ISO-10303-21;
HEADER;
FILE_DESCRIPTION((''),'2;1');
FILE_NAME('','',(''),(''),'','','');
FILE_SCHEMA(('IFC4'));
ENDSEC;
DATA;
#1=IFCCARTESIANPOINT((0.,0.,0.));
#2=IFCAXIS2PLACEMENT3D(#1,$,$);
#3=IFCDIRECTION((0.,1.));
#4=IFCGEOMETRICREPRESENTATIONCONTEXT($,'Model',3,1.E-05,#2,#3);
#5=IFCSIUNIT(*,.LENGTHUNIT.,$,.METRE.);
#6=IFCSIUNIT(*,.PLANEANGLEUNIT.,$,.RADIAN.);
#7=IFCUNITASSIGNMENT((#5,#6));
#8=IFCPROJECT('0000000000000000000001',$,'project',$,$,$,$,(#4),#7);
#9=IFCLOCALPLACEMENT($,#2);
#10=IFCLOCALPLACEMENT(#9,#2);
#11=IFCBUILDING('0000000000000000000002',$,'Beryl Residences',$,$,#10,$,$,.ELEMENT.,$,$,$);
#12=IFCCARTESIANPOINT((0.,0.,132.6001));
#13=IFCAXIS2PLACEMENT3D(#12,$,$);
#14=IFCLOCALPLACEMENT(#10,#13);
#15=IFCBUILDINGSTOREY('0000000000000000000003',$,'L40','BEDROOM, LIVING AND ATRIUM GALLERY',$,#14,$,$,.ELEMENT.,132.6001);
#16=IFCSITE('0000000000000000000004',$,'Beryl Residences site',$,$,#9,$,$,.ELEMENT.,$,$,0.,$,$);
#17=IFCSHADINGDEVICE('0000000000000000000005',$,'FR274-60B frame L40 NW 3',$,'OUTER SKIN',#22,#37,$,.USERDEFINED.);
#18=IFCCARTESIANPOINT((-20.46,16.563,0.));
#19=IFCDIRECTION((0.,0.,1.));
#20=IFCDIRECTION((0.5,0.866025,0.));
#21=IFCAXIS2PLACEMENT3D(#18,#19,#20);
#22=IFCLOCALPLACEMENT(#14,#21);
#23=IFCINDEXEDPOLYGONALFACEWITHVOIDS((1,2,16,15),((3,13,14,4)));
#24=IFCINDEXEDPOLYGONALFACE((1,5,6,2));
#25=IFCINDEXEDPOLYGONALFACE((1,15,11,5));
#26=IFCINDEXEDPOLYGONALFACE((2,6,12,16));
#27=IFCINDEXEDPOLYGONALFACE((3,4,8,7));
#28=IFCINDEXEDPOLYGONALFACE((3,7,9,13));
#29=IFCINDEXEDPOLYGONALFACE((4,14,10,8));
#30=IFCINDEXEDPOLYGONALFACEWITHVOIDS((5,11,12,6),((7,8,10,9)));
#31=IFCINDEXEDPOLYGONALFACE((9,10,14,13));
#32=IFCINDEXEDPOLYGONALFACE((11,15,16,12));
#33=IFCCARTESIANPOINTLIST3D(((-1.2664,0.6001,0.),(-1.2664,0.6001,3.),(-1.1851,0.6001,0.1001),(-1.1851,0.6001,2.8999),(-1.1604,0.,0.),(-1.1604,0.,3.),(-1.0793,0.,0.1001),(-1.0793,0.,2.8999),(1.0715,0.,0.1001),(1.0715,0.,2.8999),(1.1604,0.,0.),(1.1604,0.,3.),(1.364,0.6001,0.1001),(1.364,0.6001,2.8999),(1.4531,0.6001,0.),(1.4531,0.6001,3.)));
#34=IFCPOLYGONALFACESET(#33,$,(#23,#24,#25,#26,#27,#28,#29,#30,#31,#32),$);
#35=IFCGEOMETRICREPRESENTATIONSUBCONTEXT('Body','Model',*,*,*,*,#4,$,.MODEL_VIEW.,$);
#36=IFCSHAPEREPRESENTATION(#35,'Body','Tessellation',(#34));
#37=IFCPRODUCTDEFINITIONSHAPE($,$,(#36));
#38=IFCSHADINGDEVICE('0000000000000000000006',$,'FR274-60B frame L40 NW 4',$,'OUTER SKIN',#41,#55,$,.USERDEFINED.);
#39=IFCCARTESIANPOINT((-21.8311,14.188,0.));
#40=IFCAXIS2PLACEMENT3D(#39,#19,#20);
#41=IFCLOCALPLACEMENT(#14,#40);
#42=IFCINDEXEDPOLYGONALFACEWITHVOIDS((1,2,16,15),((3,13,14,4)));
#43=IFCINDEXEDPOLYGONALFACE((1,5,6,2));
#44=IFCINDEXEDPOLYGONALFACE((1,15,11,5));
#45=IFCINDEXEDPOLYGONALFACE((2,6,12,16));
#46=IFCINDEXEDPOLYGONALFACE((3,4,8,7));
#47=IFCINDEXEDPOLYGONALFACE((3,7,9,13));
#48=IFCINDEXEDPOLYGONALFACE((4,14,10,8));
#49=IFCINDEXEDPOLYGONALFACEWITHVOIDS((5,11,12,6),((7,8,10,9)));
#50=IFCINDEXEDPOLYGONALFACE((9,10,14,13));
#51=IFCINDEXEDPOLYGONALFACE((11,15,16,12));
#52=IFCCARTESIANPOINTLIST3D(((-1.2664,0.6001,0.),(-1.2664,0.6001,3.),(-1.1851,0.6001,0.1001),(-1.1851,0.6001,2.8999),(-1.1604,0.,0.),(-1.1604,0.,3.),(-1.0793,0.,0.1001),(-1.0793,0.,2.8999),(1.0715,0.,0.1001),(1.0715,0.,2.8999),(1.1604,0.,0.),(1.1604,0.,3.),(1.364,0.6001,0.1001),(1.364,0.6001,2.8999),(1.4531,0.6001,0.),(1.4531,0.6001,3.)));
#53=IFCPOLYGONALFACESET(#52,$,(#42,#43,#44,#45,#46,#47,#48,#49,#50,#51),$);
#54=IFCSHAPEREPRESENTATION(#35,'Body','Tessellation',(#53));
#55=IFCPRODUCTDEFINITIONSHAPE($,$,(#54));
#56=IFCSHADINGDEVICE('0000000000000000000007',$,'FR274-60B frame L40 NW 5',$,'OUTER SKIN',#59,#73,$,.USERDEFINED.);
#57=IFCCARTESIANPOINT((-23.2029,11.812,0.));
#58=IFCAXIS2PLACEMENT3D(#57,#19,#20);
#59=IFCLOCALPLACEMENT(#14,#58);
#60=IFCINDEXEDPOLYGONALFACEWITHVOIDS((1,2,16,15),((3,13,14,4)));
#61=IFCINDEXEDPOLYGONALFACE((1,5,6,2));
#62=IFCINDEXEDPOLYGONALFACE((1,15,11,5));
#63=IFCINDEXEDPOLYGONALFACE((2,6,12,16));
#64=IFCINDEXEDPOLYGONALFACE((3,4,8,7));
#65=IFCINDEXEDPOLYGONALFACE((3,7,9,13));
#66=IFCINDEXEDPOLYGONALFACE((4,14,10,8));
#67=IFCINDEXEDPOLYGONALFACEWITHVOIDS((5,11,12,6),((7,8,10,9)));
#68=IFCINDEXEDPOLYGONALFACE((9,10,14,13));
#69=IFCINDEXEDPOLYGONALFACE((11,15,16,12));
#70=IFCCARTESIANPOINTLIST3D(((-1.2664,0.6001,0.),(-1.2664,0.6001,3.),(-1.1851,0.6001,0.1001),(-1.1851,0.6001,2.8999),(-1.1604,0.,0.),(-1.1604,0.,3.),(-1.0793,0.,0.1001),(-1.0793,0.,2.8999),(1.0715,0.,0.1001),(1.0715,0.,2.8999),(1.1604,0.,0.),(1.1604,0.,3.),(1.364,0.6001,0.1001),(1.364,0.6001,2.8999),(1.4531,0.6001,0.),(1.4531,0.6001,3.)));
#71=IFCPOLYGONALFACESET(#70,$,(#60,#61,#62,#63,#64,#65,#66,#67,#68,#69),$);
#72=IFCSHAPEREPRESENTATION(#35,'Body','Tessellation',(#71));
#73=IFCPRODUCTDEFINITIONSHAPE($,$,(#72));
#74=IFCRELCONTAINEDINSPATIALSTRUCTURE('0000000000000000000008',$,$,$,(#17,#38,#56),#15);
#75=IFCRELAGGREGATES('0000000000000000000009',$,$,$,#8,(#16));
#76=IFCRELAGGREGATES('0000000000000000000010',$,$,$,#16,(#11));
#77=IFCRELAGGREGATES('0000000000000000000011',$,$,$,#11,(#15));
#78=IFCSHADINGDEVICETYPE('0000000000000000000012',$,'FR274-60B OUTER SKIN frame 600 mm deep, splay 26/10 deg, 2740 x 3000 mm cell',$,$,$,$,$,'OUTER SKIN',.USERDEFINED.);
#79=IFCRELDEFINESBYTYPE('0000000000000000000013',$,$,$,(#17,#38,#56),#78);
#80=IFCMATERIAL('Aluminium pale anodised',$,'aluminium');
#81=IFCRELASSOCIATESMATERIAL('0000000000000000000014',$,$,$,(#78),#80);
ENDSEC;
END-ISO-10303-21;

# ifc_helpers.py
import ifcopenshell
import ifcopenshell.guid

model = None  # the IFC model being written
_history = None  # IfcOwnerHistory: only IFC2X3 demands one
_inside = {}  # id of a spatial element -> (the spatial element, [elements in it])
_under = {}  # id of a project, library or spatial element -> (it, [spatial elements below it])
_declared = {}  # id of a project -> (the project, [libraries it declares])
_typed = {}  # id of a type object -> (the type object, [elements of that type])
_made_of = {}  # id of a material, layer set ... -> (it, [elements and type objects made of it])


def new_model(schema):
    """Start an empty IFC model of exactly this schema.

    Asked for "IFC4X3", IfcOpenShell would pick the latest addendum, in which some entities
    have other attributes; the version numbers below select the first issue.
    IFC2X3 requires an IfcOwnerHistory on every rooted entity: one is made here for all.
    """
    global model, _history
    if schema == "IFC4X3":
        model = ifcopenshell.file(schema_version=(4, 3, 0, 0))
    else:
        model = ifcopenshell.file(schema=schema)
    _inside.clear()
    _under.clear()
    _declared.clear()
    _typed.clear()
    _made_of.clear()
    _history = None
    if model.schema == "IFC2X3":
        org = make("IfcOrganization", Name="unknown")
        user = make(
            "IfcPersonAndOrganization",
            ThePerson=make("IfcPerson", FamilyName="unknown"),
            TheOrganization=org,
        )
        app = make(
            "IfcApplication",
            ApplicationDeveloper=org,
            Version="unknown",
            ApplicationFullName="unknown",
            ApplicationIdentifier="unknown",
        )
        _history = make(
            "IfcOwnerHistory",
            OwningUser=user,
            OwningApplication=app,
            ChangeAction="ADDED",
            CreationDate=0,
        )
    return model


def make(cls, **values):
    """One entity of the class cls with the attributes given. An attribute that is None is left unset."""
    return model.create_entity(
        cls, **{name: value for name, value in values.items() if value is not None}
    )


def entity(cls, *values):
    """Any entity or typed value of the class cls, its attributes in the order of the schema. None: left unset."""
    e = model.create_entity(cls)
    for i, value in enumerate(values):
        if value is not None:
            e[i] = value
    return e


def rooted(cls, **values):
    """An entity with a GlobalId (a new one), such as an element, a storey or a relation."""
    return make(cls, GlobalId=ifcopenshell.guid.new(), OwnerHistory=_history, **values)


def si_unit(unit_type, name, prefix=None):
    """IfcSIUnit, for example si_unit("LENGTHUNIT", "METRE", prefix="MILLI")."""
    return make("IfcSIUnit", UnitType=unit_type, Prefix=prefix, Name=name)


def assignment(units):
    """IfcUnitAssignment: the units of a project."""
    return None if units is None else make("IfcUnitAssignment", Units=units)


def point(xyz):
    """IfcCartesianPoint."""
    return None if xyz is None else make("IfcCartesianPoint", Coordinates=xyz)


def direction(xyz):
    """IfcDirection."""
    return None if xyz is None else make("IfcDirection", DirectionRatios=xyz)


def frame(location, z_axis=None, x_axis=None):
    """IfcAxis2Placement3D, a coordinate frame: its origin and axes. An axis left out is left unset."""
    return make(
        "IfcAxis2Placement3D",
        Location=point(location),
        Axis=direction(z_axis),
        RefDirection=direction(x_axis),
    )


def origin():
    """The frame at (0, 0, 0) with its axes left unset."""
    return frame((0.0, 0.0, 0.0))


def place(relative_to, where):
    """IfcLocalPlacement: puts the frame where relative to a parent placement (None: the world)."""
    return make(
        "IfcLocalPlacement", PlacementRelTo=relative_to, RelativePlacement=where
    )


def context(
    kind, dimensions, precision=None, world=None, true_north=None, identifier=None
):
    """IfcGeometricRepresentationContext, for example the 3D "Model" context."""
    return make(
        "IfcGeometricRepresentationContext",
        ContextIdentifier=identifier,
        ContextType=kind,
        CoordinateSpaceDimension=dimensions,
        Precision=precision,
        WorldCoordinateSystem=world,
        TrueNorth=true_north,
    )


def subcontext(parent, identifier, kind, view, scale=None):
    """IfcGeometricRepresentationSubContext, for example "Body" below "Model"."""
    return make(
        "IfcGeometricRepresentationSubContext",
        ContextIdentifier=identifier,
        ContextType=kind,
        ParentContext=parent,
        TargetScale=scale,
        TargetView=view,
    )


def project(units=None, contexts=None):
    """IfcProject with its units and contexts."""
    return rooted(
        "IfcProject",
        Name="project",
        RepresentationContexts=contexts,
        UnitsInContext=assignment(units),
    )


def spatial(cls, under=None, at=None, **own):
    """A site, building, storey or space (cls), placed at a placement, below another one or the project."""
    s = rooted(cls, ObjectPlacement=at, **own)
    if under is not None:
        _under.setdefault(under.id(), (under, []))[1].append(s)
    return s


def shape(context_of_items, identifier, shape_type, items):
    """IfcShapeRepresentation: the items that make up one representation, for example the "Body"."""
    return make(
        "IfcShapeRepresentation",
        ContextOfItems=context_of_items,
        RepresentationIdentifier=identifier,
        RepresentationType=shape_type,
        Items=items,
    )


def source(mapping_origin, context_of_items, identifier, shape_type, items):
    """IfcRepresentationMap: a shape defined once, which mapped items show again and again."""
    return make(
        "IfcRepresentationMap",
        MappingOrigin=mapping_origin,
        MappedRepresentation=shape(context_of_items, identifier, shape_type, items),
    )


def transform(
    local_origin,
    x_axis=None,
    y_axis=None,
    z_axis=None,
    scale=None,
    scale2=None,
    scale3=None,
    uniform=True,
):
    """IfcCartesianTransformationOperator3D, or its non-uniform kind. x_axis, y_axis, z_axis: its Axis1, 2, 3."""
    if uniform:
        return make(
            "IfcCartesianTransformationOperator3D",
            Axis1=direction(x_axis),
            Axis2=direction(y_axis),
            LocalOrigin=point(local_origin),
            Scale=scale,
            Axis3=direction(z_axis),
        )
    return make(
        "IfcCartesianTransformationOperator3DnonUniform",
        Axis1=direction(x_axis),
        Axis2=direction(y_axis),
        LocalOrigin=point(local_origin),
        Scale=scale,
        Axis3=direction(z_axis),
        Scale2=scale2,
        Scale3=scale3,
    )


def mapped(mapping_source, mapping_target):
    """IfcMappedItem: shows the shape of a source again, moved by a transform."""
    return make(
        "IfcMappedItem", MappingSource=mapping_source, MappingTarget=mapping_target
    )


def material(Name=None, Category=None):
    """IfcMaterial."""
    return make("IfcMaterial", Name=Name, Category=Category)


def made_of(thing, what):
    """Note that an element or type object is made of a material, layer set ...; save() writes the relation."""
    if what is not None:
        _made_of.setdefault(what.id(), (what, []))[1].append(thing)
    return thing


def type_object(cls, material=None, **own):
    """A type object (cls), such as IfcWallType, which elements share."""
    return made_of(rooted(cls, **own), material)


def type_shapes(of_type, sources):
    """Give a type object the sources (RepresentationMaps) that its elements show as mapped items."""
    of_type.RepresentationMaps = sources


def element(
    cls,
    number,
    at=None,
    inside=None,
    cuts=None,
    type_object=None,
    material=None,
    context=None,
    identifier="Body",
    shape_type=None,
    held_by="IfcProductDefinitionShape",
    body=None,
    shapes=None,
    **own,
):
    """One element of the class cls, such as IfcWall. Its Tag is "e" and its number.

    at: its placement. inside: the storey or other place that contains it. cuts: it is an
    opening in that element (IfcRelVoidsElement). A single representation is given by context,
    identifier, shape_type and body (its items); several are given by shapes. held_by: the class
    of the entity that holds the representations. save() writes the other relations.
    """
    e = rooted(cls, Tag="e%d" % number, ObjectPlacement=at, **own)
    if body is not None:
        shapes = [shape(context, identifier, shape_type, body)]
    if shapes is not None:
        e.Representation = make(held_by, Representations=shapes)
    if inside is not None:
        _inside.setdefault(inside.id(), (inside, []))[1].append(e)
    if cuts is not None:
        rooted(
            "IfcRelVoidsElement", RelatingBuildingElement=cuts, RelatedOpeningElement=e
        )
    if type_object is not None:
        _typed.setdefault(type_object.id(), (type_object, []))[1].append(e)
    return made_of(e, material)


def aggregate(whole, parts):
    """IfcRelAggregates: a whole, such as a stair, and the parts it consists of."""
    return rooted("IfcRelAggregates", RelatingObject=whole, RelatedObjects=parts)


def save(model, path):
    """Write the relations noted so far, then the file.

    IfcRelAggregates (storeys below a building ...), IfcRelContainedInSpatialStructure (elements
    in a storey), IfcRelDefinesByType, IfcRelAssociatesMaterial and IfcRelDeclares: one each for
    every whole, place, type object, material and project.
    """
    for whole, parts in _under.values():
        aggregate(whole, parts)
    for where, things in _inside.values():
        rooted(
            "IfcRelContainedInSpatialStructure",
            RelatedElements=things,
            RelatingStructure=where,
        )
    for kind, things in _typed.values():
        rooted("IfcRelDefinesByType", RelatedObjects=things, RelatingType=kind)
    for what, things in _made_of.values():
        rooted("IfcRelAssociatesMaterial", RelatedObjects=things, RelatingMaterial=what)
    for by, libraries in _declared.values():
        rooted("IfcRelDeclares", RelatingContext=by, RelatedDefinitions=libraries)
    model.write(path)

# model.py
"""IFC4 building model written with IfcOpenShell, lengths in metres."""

from ifc_helpers import new_model, entity, si_unit, direction, frame, origin, place, context, subcontext, project, spatial, source, transform, mapped, material, type_object, type_shapes, element, save


model = new_model("IFC4")

# Units and contexts
model_context = context("Model", 3, precision=1e-05, world=origin(), true_north=direction((0.0, 1.0)))
body_context = subcontext(model_context, "Body", "Model", "MODEL_VIEW")
ifc_project = project(units=[si_unit("LENGTHUNIT", "METRE"), si_unit("PLANEANGLEUNIT", "RADIAN")], contexts=[model_context])

# Site, building, storey
site_placement = place(None, origin())
site = spatial("IfcSite", under=ifc_project, at=site_placement, Name="Beryl Residences site", CompositionType="ELEMENT", RefElevation=0.0)
building_placement = place(site_placement, origin())
building = spatial("IfcBuilding", under=site, at=building_placement, Name="Beryl Residences", CompositionType="ELEMENT")
storey_placement = place(building_placement, frame((0.0, 0.0, 132.6001)))
storey = spatial("IfcBuildingStorey", under=building, at=storey_placement, Name="L40", Description="BEDROOM, LIVING AND ATRIUM GALLERY", CompositionType="ELEMENT", Elevation=132.6001)

# Shading devices
ifc_material_1 = material(Name="Aluminium pale anodised", Category="aluminium")
shading_device_type = type_object("IfcShadingDeviceType", Name="FR274-60B OUTER SKIN frame 600 mm deep, splay 26/10 deg, 2740 x 3000 mm cell", ElementType="OUTER SKIN", PredefinedType="USERDEFINED", material=ifc_material_1)
cartesian_point_1 = entity("IfcCartesianPoint", [-1.1604, 0.0])
cartesian_point_2 = entity("IfcCartesianPoint", [-1.0715, 0.1001])
cartesian_point_3 = entity("IfcCartesianPoint", [-1.4531, 0.0])
cartesian_point_4 = entity("IfcCartesianPoint", [-1.364, 0.1001])
shared_shape_1 = source(origin(), body_context, "Body", "SweptSolid", [
    entity("IfcExtrudedAreaSolidTapered", entity("IfcArbitraryProfileDefWithVoids", "AREA", None, entity("IfcPolyline", [cartesian_point_1, entity("IfcCartesianPoint", [1.1604, 0.0]), entity("IfcCartesianPoint", [1.1604, 3.0]), entity("IfcCartesianPoint", [-1.1604, 3.0]), cartesian_point_1]), [entity("IfcPolyline", [cartesian_point_2, entity("IfcCartesianPoint", [1.0793, 0.1001]), entity("IfcCartesianPoint", [1.0793, 2.8999]), entity("IfcCartesianPoint", [-1.0715, 2.8999]), cartesian_point_2])]), entity("IfcAxis2Placement3D", entity("IfcCartesianPoint", [0.0, 0.0, 0.0]), entity("IfcDirection", [0.0, 1.0, 0.0]), entity("IfcDirection", [-1.0, 0.0, 0.0])), entity("IfcDirection", [0.0, 0.0, 1.0]), 0.6001, entity("IfcArbitraryProfileDefWithVoids", "AREA", None, entity("IfcPolyline", [cartesian_point_3, entity("IfcCartesianPoint", [1.2664, 0.0]), entity("IfcCartesianPoint", [1.2664, 3.0]), entity("IfcCartesianPoint", [-1.4531, 3.0]), cartesian_point_3]), [entity("IfcPolyline", [cartesian_point_4, entity("IfcCartesianPoint", [1.1851, 0.1001]), entity("IfcCartesianPoint", [1.1851, 2.8999]), entity("IfcCartesianPoint", [-1.364, 2.8999]), cartesian_point_4])])),
])
type_shapes(shading_device_type, [shared_shape_1])
for number, where, z_axis, x_axis, name in (
    (1, (-20.46, 16.563, 0.0), (0.0, 0.0, 1.0), (0.5, 0.866025, 0.0), "FR274-60B frame L40 NW 3"),
    (2, (-21.8311, 14.188, 0.0), (0.0, 0.0, 1.0), (0.5, 0.866025, 0.0), "FR274-60B frame L40 NW 4"),
    (3, (-23.2029, 11.812, 0.0), (0.0, 0.0, 1.0), (0.5, 0.866025, 0.0), "FR274-60B frame L40 NW 5"),
):
    element("IfcShadingDevice", number, at=place(storey_placement, frame(where, z_axis=z_axis, x_axis=x_axis)), inside=storey, type_object=shading_device_type, Name=name, ObjectType="OUTER SKIN", PredefinedType="USERDEFINED", context=body_context, shape_type="MappedRepresentation", body=[
        mapped(shared_shape_1, transform((0.0, 0.0, 0.0))),
    ])

save(model, "model.ifc")
